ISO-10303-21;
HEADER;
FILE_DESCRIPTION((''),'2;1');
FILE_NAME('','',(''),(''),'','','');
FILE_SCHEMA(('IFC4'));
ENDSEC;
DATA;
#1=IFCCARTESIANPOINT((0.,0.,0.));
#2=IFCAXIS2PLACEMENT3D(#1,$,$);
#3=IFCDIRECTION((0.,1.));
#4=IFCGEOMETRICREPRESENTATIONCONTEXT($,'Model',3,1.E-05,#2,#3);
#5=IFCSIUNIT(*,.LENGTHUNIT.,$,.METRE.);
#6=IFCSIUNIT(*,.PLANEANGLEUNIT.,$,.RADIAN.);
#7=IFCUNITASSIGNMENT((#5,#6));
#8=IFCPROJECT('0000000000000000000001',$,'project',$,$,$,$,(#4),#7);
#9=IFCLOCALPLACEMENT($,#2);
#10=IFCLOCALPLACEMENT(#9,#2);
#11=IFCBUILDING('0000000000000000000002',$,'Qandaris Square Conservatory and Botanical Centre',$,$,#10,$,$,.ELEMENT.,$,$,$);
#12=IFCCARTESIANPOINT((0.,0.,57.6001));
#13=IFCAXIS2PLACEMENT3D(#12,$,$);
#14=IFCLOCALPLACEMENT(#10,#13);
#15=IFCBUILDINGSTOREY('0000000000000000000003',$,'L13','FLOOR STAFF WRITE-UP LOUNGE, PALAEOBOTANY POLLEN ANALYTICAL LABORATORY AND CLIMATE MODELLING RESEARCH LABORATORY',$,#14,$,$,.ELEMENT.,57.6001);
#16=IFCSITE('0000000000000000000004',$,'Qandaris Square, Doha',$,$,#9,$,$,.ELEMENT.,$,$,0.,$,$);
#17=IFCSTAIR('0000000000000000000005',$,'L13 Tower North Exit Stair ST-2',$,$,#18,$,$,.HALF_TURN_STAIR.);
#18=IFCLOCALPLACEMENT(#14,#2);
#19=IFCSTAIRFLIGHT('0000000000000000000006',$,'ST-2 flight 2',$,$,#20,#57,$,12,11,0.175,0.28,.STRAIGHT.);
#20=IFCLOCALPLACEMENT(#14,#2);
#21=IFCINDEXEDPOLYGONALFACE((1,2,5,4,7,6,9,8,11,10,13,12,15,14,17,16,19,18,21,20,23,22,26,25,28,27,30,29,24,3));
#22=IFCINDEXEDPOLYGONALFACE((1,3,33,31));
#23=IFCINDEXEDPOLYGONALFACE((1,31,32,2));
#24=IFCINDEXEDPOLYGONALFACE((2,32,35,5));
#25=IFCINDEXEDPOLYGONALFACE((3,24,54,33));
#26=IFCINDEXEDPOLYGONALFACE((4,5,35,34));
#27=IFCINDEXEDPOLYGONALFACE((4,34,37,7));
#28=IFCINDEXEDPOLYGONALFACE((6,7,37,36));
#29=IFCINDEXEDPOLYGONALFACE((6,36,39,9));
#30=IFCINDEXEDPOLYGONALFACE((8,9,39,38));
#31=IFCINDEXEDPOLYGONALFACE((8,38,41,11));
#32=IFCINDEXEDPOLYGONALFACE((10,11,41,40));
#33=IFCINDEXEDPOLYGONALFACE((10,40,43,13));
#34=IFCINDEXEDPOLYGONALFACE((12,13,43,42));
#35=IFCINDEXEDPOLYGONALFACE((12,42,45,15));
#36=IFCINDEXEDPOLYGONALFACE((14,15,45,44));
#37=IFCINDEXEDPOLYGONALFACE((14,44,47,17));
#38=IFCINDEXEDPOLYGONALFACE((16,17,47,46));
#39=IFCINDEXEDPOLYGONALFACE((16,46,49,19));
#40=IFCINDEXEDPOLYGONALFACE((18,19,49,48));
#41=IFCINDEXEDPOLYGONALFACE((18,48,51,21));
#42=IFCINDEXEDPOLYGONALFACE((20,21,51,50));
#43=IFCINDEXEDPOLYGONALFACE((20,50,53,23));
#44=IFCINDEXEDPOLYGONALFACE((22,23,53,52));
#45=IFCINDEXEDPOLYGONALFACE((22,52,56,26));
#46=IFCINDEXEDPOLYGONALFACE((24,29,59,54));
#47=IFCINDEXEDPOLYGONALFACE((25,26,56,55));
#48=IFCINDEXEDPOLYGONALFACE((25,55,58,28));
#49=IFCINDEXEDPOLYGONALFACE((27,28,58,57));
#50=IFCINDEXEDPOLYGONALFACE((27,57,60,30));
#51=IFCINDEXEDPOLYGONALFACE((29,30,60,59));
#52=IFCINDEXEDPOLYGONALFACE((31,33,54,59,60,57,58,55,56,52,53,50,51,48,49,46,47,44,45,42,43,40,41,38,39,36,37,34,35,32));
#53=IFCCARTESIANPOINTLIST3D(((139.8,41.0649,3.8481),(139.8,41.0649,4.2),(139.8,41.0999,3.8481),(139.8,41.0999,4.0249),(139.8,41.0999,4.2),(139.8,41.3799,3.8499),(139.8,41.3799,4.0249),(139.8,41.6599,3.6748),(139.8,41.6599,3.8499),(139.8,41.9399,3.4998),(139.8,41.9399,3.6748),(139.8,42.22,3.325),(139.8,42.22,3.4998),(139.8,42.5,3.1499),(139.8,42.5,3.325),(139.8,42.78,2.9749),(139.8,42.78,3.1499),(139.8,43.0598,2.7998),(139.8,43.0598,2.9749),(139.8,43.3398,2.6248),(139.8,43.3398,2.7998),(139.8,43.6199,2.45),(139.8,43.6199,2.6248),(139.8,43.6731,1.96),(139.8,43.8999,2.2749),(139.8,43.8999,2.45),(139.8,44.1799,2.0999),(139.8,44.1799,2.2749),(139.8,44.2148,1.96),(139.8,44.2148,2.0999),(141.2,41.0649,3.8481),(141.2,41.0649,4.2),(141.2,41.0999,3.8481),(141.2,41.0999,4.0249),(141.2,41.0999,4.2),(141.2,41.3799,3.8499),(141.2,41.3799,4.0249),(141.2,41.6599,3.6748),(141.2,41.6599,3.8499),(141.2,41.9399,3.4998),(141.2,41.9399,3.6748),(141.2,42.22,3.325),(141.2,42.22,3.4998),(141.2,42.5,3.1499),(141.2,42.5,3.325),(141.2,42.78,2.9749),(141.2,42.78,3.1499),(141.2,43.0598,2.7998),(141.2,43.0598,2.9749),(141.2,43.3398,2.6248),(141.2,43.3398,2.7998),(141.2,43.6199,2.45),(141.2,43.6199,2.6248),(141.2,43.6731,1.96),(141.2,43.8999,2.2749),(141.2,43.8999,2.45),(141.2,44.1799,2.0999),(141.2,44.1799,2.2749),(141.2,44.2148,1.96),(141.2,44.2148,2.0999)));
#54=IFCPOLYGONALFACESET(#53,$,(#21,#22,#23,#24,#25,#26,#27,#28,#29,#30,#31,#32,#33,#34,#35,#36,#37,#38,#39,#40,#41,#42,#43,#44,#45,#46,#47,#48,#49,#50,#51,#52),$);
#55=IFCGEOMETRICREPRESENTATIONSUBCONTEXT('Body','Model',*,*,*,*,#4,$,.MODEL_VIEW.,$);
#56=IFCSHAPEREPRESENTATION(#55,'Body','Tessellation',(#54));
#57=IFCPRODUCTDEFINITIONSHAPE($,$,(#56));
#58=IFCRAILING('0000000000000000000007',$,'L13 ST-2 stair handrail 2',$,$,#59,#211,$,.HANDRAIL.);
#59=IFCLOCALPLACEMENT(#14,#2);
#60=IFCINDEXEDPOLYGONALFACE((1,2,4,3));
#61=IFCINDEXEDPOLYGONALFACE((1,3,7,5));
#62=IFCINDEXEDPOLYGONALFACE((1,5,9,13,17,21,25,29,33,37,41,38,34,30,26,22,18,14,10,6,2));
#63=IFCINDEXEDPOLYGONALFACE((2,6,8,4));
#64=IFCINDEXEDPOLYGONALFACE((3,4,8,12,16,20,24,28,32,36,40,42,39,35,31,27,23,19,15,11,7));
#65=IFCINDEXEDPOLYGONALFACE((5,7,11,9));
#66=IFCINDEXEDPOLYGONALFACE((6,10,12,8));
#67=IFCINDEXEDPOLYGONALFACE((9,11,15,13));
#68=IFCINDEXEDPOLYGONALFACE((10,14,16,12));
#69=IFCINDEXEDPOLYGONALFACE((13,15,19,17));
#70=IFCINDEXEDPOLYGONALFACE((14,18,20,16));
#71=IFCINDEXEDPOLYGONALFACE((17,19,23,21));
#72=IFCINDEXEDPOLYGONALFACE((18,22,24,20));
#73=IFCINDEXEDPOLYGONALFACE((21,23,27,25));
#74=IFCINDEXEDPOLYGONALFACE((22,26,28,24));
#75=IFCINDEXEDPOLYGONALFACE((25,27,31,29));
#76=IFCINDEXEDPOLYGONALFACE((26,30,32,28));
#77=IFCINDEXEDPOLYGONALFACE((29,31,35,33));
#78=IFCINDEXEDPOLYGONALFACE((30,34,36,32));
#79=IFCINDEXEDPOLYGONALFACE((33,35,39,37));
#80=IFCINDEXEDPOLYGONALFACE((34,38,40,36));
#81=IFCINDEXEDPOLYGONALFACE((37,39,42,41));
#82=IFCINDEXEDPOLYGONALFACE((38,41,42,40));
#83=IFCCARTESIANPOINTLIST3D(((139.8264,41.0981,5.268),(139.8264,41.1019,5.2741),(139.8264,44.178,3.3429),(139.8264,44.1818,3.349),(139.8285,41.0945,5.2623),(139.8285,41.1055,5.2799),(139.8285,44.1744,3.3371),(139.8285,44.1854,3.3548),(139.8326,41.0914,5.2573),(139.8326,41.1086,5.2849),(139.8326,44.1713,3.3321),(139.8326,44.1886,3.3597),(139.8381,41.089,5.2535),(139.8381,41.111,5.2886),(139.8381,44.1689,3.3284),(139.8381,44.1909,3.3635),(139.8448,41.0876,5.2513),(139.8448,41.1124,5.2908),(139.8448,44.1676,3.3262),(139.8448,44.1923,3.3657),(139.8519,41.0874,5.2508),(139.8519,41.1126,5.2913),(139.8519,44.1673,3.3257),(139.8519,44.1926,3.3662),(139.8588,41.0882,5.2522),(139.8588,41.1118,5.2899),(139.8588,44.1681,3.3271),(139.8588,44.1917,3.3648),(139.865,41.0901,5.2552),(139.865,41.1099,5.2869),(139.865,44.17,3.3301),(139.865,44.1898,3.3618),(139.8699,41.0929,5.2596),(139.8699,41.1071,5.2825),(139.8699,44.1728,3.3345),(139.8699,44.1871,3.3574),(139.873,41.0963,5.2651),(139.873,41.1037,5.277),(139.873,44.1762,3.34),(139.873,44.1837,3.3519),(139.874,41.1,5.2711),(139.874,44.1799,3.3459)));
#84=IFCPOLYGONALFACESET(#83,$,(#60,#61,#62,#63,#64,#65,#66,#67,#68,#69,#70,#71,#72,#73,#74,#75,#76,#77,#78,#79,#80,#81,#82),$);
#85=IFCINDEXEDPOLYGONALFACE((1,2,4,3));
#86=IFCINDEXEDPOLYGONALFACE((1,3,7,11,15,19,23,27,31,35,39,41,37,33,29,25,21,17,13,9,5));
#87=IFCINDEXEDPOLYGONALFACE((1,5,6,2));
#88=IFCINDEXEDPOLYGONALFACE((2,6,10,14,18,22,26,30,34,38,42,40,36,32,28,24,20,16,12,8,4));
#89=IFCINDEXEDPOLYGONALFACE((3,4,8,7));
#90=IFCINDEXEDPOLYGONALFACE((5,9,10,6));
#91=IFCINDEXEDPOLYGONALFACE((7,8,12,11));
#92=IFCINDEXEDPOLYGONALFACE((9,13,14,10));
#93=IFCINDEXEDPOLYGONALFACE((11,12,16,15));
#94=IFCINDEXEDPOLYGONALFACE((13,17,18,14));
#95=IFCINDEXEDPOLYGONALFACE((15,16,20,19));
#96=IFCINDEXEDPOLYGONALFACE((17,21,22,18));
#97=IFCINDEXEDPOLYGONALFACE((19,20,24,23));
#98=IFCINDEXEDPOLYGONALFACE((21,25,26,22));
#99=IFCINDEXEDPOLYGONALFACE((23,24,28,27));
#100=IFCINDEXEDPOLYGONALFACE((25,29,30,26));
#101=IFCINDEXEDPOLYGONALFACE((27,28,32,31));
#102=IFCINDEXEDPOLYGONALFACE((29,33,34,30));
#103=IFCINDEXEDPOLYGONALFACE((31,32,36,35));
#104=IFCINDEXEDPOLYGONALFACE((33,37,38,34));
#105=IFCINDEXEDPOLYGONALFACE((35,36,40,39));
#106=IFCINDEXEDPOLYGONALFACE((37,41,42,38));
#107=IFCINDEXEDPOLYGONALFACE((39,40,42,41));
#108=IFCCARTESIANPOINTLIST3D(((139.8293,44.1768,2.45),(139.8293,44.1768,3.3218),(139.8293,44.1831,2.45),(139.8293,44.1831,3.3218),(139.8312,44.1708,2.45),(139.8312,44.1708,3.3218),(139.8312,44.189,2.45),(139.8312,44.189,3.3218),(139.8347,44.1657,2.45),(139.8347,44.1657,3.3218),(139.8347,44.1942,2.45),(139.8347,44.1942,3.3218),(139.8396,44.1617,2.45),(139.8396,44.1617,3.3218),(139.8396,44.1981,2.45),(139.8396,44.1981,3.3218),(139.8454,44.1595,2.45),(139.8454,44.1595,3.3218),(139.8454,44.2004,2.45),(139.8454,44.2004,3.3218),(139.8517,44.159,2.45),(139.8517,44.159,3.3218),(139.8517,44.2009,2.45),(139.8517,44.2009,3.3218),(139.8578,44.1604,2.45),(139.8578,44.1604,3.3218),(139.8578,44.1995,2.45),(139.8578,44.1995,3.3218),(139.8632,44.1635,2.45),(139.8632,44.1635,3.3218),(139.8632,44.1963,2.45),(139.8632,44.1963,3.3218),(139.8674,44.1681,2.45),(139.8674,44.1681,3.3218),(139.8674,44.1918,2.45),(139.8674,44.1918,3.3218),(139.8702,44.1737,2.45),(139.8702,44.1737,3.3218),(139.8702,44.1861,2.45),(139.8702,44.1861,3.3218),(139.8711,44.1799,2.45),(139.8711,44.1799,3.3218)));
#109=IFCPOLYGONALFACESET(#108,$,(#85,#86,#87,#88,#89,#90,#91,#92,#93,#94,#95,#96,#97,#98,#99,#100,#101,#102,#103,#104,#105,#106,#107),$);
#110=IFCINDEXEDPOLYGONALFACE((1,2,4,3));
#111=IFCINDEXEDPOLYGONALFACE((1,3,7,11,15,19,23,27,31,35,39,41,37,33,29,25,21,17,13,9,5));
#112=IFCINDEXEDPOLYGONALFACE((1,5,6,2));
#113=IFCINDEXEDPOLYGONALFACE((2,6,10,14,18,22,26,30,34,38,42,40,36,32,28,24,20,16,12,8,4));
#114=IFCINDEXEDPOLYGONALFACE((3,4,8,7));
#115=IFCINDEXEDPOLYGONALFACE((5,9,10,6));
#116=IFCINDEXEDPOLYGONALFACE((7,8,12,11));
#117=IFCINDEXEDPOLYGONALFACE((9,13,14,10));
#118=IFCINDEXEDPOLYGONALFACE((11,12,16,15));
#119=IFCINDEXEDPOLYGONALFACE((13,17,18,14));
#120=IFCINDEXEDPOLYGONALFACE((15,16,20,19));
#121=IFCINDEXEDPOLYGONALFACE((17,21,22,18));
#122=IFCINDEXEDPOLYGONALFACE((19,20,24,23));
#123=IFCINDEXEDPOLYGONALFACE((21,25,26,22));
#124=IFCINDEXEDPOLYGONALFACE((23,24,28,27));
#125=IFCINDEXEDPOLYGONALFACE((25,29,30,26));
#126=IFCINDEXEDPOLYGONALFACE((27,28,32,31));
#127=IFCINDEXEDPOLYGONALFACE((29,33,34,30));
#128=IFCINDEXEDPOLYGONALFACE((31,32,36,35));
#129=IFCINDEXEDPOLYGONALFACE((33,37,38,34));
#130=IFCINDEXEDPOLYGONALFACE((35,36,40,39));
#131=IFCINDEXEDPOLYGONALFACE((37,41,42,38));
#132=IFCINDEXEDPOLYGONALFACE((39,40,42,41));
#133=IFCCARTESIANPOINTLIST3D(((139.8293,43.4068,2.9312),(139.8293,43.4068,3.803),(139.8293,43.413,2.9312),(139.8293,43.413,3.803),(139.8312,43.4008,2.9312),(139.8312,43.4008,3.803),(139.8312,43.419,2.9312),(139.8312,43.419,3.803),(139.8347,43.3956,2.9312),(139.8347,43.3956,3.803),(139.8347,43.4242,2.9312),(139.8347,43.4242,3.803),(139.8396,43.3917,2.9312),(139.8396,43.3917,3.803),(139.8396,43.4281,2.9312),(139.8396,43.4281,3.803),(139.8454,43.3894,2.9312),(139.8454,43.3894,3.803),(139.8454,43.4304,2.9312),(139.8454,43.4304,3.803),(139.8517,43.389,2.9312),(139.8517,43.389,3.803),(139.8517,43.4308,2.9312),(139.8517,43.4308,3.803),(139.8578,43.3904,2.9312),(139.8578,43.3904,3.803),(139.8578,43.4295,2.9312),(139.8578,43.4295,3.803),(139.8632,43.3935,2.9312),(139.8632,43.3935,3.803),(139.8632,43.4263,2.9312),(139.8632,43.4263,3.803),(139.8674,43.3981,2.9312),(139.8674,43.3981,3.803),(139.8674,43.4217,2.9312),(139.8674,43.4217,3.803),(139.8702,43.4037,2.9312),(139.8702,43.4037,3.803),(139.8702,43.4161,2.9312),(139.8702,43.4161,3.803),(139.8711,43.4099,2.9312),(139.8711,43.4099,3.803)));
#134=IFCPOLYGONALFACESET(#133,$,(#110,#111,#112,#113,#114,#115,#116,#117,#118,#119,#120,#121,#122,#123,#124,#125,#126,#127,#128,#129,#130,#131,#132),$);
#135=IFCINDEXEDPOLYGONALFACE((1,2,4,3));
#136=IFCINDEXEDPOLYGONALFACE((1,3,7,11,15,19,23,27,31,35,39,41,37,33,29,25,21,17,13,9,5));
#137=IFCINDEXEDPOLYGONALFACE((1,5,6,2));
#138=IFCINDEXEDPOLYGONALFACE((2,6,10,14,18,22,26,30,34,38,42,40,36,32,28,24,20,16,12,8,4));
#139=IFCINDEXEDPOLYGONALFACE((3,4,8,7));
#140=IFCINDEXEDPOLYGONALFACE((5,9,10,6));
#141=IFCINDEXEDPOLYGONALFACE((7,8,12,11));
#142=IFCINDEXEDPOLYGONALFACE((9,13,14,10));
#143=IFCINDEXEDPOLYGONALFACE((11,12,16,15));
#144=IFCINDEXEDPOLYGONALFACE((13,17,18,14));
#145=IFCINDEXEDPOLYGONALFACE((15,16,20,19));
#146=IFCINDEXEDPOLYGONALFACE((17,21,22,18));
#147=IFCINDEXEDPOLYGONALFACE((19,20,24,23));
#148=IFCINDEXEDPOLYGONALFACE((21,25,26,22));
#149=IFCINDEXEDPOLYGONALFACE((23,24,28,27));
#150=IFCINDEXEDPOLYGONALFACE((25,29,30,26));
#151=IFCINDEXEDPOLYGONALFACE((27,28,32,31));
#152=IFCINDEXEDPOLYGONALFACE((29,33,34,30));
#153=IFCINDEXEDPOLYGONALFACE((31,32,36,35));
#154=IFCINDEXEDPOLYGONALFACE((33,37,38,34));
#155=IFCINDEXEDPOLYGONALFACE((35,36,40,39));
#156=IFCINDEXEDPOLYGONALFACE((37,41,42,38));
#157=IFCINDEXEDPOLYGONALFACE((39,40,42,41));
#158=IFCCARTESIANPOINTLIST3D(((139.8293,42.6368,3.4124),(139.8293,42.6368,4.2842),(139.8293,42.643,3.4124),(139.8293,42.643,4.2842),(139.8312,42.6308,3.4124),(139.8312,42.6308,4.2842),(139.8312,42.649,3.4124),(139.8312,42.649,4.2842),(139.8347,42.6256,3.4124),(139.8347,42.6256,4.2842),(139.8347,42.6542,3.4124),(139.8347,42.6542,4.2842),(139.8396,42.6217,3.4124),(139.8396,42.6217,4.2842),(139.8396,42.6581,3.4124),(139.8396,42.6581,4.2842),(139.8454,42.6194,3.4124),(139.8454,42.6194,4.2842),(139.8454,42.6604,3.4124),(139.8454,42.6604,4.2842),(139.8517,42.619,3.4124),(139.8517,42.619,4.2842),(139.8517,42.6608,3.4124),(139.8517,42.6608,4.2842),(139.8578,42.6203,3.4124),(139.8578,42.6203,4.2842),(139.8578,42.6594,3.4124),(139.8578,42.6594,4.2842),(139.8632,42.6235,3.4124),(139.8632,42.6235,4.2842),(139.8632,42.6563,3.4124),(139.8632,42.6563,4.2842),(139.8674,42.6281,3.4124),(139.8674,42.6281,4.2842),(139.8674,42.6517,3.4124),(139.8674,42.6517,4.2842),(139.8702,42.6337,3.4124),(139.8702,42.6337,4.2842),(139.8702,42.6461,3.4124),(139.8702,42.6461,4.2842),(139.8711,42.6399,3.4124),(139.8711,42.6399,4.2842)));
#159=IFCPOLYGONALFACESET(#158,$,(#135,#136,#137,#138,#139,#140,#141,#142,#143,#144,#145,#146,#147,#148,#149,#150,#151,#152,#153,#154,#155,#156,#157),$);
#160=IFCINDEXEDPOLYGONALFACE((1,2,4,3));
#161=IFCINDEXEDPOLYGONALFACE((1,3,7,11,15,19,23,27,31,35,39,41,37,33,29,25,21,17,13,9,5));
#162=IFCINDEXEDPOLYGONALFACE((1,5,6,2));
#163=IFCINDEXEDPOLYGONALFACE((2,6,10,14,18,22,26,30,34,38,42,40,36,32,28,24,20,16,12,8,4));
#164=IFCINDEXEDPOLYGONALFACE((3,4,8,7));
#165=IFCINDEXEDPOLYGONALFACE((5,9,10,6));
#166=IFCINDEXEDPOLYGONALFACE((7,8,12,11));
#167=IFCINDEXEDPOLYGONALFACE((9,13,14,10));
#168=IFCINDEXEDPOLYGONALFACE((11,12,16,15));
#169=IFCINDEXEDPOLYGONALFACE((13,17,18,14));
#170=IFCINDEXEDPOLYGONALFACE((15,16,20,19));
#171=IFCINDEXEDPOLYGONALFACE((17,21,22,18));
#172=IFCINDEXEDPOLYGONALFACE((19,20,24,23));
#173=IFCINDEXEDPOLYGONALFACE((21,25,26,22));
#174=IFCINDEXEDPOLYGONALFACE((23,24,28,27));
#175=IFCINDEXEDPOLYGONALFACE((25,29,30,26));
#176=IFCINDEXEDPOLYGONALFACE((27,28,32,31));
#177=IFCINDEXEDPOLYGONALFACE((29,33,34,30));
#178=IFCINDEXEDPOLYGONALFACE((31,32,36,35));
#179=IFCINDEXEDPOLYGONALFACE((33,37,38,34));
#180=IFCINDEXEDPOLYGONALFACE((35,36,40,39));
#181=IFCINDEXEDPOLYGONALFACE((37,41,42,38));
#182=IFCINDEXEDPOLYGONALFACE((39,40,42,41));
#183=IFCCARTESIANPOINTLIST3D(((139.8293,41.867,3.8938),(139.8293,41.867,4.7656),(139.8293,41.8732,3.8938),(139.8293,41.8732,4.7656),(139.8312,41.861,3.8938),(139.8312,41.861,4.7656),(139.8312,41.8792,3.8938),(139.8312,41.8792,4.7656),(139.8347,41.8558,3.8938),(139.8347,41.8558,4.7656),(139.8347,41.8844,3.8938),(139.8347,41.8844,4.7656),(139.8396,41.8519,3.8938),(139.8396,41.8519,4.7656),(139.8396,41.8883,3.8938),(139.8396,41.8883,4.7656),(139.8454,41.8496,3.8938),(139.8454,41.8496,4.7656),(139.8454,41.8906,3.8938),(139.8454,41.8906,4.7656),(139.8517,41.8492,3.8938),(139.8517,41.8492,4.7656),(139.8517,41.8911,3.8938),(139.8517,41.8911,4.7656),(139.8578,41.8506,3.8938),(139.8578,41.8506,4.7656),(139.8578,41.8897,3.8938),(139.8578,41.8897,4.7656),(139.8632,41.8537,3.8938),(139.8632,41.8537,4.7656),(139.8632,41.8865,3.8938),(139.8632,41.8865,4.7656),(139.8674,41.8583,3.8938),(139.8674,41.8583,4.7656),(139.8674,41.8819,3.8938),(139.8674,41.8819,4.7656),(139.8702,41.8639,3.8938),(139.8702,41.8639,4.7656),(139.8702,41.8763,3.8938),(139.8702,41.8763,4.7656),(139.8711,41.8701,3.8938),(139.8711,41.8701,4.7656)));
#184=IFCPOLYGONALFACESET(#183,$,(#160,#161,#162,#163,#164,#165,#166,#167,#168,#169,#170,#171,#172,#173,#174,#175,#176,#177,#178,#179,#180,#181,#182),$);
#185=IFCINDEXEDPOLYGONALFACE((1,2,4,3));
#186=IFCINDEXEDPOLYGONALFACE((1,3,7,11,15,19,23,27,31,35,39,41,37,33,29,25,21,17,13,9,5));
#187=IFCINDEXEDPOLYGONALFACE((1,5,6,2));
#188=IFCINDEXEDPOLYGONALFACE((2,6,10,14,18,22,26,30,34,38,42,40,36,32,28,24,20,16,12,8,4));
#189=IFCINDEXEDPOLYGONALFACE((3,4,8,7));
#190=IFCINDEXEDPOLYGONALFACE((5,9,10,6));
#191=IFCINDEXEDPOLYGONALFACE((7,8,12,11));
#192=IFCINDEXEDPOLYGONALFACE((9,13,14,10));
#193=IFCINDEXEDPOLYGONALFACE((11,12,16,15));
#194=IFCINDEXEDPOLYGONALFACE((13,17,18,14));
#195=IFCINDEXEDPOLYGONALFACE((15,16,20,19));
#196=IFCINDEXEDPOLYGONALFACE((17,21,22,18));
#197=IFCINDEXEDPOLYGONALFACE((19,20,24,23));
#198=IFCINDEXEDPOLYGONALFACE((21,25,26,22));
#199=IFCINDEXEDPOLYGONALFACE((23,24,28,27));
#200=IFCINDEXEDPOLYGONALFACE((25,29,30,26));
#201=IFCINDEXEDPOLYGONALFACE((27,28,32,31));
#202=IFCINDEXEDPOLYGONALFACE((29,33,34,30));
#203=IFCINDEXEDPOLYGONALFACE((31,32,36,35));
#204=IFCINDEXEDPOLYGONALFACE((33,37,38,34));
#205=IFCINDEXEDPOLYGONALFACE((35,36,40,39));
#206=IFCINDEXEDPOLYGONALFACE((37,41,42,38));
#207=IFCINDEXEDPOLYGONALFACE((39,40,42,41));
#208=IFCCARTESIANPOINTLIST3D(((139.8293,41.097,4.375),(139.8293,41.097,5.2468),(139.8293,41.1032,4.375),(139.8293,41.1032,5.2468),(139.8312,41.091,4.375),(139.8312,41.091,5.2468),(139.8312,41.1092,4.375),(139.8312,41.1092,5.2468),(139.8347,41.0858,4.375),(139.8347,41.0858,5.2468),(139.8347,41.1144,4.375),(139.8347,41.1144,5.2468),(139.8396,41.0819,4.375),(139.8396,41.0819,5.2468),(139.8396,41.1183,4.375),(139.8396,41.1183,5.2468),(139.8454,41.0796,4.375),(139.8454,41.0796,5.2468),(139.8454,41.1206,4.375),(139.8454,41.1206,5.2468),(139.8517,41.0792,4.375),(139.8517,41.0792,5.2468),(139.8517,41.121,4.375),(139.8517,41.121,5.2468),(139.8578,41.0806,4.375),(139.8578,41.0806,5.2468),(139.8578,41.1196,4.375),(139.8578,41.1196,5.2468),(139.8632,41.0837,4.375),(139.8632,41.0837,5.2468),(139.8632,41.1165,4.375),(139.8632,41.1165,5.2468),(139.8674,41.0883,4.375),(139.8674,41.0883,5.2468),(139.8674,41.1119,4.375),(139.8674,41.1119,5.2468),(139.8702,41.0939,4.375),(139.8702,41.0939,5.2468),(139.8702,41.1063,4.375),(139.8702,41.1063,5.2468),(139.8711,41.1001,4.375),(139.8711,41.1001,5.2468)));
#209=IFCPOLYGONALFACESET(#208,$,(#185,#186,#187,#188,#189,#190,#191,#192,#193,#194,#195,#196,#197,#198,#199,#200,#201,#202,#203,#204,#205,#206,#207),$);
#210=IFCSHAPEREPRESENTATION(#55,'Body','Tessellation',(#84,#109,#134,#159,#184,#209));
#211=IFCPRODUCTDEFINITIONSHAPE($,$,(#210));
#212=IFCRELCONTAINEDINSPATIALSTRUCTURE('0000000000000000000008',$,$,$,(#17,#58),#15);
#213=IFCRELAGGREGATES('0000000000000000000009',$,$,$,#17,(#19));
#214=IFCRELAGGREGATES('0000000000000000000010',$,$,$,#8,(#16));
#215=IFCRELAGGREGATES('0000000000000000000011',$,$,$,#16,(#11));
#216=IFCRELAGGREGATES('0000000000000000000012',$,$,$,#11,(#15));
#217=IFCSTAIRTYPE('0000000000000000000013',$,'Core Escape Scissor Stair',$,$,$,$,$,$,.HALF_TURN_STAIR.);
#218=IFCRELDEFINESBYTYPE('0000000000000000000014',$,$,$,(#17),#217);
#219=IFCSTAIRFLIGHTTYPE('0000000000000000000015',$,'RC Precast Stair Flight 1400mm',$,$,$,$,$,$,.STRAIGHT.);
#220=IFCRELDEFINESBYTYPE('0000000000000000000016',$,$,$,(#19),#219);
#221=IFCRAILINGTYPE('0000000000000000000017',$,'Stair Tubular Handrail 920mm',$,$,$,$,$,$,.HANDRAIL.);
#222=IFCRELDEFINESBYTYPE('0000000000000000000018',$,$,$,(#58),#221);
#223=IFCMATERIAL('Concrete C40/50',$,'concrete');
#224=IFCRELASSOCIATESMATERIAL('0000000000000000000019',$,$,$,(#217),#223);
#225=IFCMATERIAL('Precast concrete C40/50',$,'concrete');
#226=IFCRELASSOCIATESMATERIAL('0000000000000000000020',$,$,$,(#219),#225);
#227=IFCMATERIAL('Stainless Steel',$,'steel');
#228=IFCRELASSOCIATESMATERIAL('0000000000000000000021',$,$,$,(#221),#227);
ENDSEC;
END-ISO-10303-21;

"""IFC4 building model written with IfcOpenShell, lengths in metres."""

from ifc_helpers import new_model, si_unit, direction, frame, origin, origin_2d, place, context, subcontext, project, spatial, polyline, circle, outline, extrude, material, type_object, element, aggregate, save


model = new_model("IFC4")

# Units and contexts
model_context = context("Model", 3, precision=1e-05, world=origin(), true_north=direction((0.0, 1.0)))
body_context = subcontext(model_context, "Body", "Model", "MODEL_VIEW")
ifc_project = project(units=[si_unit("LENGTHUNIT", "METRE"), si_unit("PLANEANGLEUNIT", "RADIAN")], contexts=[model_context])

# Site, building, storey
site_placement = place(None, origin())
site = spatial("IfcSite", under=ifc_project, at=site_placement, Name="Qandaris Square, Doha", CompositionType="ELEMENT", RefElevation=0.0)
building_placement = place(site_placement, origin())
building = spatial("IfcBuilding", under=site, at=building_placement, Name="Qandaris Square Conservatory and Botanical Centre", CompositionType="ELEMENT")
storey_placement = place(building_placement, frame((0.0, 0.0, 57.6001)))
storey = spatial("IfcBuildingStorey", under=building, at=storey_placement, Name="L13", Description="FLOOR STAFF WRITE-UP LOUNGE, PALAEOBOTANY POLLEN ANALYTICAL LABORATORY AND CLIMATE MODELLING RESEARCH LABORATORY", CompositionType="ELEMENT", Elevation=57.6001)

# Stair, stair flight
ifc_material_1 = material(Name="Concrete C40/50", Category="concrete")
stair_type = type_object("IfcStairType", Name="Core Escape Scissor Stair", PredefinedType="HALF_TURN_STAIR", material=ifc_material_1)
stair_placement = place(storey_placement, origin())
stair = element("IfcStair", 1, at=stair_placement, inside=storey, type_object=stair_type, Name="L13 Tower North Exit Stair ST-2", PredefinedType="HALF_TURN_STAIR")
ifc_material_2 = material(Name="Precast concrete C40/50", Category="concrete")
stair_flight_type = type_object("IfcStairFlightType", Name="RC Precast Stair Flight 1400mm", PredefinedType="STRAIGHT", material=ifc_material_2)
stair_flight_placement = place(storey_placement, frame((140.5, 44.1799, 2.0999), z_axis=(0.0, 0.0, 1.0), x_axis=(0.0, -1.0, 0.0)))
stair_flight = element("IfcStairFlight", 2, at=stair_flight_placement, type_object=stair_flight_type, Name="ST-2 flight 2", NumberOfRisers=12, NumberOfTreads=11, PredefinedType="STRAIGHT", RiserHeight=0.175, TreadLength=0.28, context=body_context, shape_type="SweptSolid", body=[
    extrude(outline(polyline([(-0.0349, 0.0), (0.0, 0.0), (0.0, 0.175), (0.28, 0.175), (0.28, 0.3501), (0.5601, 0.3501), (0.5601, 0.5249), (0.8401, 0.5249), (0.8401, 0.7), (1.1201, 0.7), (1.1201, 0.875), (1.3999, 0.875), (1.3999, 1.05), (1.6799, 1.05), (1.6799, 1.2251), (1.96, 1.2251), (1.96, 1.3999), (2.24, 1.3999), (2.24, 1.575), (2.52, 1.575), (2.52, 1.75), (2.8, 1.75), (2.8, 1.925), (3.0801, 1.925), (3.0801, 2.1001), (3.115, 2.1001), (3.115, 1.7483), (3.0801, 1.7483), (0.5068, -0.1399), (-0.0349, -0.1399), (-0.0349, 0.0)])), frame((0.0, 0.7, 0.0), z_axis=(0.0, -1.0, 0.0), x_axis=(1.0, 0.0, 0.0)), (0.0, 0.0, 1.0), 1.3999),
])
aggregate(stair, [stair_flight])

# Railing
ifc_material_3 = material(Name="Stainless Steel", Category="steel")
railing_type_1 = type_object("IfcRailingType", Name="Stair Tubular Handrail 920mm", PredefinedType="HANDRAIL", material=ifc_material_3)
railing_1_placement = place(storey_placement, frame((139.8501, 44.1799, 2.45)))
element("IfcRailing", 3, at=railing_1_placement, inside=storey, type_object=railing_type_1, Name="L13 ST-2 stair handrail 2", PredefinedType="HANDRAIL", context=body_context, shape_type="SweptSolid", body=[
    extrude(circle(Radius=0.0239, at=origin_2d()), frame((0.0, 0.0, 0.896), z_axis=(0.0, -0.847979, 0.530029), x_axis=(1.0, 0.0, 0.0)), (0.0, 0.0, 1.0), 3.6321),
    extrude(circle(Radius=0.021, at=origin_2d()), origin(), (0.0, 0.0, 1.0), 0.8718),
    extrude(circle(Radius=0.021, at=origin_2d()), frame((0.0, -0.77, 0.4812)), (0.0, 0.0, 1.0), 0.8718),
    extrude(circle(Radius=0.021, at=origin_2d()), frame((0.0, -1.54, 0.9624)), (0.0, 0.0, 1.0), 0.8718),
    extrude(circle(Radius=0.021, at=origin_2d()), frame((0.0, -2.3098, 1.4438)), (0.0, 0.0, 1.0), 0.8718),
    extrude(circle(Radius=0.021, at=origin_2d()), frame((0.0, -3.0798, 1.925)), (0.0, 0.0, 1.0), 0.8718),
])

save(model, "model.ifc")
